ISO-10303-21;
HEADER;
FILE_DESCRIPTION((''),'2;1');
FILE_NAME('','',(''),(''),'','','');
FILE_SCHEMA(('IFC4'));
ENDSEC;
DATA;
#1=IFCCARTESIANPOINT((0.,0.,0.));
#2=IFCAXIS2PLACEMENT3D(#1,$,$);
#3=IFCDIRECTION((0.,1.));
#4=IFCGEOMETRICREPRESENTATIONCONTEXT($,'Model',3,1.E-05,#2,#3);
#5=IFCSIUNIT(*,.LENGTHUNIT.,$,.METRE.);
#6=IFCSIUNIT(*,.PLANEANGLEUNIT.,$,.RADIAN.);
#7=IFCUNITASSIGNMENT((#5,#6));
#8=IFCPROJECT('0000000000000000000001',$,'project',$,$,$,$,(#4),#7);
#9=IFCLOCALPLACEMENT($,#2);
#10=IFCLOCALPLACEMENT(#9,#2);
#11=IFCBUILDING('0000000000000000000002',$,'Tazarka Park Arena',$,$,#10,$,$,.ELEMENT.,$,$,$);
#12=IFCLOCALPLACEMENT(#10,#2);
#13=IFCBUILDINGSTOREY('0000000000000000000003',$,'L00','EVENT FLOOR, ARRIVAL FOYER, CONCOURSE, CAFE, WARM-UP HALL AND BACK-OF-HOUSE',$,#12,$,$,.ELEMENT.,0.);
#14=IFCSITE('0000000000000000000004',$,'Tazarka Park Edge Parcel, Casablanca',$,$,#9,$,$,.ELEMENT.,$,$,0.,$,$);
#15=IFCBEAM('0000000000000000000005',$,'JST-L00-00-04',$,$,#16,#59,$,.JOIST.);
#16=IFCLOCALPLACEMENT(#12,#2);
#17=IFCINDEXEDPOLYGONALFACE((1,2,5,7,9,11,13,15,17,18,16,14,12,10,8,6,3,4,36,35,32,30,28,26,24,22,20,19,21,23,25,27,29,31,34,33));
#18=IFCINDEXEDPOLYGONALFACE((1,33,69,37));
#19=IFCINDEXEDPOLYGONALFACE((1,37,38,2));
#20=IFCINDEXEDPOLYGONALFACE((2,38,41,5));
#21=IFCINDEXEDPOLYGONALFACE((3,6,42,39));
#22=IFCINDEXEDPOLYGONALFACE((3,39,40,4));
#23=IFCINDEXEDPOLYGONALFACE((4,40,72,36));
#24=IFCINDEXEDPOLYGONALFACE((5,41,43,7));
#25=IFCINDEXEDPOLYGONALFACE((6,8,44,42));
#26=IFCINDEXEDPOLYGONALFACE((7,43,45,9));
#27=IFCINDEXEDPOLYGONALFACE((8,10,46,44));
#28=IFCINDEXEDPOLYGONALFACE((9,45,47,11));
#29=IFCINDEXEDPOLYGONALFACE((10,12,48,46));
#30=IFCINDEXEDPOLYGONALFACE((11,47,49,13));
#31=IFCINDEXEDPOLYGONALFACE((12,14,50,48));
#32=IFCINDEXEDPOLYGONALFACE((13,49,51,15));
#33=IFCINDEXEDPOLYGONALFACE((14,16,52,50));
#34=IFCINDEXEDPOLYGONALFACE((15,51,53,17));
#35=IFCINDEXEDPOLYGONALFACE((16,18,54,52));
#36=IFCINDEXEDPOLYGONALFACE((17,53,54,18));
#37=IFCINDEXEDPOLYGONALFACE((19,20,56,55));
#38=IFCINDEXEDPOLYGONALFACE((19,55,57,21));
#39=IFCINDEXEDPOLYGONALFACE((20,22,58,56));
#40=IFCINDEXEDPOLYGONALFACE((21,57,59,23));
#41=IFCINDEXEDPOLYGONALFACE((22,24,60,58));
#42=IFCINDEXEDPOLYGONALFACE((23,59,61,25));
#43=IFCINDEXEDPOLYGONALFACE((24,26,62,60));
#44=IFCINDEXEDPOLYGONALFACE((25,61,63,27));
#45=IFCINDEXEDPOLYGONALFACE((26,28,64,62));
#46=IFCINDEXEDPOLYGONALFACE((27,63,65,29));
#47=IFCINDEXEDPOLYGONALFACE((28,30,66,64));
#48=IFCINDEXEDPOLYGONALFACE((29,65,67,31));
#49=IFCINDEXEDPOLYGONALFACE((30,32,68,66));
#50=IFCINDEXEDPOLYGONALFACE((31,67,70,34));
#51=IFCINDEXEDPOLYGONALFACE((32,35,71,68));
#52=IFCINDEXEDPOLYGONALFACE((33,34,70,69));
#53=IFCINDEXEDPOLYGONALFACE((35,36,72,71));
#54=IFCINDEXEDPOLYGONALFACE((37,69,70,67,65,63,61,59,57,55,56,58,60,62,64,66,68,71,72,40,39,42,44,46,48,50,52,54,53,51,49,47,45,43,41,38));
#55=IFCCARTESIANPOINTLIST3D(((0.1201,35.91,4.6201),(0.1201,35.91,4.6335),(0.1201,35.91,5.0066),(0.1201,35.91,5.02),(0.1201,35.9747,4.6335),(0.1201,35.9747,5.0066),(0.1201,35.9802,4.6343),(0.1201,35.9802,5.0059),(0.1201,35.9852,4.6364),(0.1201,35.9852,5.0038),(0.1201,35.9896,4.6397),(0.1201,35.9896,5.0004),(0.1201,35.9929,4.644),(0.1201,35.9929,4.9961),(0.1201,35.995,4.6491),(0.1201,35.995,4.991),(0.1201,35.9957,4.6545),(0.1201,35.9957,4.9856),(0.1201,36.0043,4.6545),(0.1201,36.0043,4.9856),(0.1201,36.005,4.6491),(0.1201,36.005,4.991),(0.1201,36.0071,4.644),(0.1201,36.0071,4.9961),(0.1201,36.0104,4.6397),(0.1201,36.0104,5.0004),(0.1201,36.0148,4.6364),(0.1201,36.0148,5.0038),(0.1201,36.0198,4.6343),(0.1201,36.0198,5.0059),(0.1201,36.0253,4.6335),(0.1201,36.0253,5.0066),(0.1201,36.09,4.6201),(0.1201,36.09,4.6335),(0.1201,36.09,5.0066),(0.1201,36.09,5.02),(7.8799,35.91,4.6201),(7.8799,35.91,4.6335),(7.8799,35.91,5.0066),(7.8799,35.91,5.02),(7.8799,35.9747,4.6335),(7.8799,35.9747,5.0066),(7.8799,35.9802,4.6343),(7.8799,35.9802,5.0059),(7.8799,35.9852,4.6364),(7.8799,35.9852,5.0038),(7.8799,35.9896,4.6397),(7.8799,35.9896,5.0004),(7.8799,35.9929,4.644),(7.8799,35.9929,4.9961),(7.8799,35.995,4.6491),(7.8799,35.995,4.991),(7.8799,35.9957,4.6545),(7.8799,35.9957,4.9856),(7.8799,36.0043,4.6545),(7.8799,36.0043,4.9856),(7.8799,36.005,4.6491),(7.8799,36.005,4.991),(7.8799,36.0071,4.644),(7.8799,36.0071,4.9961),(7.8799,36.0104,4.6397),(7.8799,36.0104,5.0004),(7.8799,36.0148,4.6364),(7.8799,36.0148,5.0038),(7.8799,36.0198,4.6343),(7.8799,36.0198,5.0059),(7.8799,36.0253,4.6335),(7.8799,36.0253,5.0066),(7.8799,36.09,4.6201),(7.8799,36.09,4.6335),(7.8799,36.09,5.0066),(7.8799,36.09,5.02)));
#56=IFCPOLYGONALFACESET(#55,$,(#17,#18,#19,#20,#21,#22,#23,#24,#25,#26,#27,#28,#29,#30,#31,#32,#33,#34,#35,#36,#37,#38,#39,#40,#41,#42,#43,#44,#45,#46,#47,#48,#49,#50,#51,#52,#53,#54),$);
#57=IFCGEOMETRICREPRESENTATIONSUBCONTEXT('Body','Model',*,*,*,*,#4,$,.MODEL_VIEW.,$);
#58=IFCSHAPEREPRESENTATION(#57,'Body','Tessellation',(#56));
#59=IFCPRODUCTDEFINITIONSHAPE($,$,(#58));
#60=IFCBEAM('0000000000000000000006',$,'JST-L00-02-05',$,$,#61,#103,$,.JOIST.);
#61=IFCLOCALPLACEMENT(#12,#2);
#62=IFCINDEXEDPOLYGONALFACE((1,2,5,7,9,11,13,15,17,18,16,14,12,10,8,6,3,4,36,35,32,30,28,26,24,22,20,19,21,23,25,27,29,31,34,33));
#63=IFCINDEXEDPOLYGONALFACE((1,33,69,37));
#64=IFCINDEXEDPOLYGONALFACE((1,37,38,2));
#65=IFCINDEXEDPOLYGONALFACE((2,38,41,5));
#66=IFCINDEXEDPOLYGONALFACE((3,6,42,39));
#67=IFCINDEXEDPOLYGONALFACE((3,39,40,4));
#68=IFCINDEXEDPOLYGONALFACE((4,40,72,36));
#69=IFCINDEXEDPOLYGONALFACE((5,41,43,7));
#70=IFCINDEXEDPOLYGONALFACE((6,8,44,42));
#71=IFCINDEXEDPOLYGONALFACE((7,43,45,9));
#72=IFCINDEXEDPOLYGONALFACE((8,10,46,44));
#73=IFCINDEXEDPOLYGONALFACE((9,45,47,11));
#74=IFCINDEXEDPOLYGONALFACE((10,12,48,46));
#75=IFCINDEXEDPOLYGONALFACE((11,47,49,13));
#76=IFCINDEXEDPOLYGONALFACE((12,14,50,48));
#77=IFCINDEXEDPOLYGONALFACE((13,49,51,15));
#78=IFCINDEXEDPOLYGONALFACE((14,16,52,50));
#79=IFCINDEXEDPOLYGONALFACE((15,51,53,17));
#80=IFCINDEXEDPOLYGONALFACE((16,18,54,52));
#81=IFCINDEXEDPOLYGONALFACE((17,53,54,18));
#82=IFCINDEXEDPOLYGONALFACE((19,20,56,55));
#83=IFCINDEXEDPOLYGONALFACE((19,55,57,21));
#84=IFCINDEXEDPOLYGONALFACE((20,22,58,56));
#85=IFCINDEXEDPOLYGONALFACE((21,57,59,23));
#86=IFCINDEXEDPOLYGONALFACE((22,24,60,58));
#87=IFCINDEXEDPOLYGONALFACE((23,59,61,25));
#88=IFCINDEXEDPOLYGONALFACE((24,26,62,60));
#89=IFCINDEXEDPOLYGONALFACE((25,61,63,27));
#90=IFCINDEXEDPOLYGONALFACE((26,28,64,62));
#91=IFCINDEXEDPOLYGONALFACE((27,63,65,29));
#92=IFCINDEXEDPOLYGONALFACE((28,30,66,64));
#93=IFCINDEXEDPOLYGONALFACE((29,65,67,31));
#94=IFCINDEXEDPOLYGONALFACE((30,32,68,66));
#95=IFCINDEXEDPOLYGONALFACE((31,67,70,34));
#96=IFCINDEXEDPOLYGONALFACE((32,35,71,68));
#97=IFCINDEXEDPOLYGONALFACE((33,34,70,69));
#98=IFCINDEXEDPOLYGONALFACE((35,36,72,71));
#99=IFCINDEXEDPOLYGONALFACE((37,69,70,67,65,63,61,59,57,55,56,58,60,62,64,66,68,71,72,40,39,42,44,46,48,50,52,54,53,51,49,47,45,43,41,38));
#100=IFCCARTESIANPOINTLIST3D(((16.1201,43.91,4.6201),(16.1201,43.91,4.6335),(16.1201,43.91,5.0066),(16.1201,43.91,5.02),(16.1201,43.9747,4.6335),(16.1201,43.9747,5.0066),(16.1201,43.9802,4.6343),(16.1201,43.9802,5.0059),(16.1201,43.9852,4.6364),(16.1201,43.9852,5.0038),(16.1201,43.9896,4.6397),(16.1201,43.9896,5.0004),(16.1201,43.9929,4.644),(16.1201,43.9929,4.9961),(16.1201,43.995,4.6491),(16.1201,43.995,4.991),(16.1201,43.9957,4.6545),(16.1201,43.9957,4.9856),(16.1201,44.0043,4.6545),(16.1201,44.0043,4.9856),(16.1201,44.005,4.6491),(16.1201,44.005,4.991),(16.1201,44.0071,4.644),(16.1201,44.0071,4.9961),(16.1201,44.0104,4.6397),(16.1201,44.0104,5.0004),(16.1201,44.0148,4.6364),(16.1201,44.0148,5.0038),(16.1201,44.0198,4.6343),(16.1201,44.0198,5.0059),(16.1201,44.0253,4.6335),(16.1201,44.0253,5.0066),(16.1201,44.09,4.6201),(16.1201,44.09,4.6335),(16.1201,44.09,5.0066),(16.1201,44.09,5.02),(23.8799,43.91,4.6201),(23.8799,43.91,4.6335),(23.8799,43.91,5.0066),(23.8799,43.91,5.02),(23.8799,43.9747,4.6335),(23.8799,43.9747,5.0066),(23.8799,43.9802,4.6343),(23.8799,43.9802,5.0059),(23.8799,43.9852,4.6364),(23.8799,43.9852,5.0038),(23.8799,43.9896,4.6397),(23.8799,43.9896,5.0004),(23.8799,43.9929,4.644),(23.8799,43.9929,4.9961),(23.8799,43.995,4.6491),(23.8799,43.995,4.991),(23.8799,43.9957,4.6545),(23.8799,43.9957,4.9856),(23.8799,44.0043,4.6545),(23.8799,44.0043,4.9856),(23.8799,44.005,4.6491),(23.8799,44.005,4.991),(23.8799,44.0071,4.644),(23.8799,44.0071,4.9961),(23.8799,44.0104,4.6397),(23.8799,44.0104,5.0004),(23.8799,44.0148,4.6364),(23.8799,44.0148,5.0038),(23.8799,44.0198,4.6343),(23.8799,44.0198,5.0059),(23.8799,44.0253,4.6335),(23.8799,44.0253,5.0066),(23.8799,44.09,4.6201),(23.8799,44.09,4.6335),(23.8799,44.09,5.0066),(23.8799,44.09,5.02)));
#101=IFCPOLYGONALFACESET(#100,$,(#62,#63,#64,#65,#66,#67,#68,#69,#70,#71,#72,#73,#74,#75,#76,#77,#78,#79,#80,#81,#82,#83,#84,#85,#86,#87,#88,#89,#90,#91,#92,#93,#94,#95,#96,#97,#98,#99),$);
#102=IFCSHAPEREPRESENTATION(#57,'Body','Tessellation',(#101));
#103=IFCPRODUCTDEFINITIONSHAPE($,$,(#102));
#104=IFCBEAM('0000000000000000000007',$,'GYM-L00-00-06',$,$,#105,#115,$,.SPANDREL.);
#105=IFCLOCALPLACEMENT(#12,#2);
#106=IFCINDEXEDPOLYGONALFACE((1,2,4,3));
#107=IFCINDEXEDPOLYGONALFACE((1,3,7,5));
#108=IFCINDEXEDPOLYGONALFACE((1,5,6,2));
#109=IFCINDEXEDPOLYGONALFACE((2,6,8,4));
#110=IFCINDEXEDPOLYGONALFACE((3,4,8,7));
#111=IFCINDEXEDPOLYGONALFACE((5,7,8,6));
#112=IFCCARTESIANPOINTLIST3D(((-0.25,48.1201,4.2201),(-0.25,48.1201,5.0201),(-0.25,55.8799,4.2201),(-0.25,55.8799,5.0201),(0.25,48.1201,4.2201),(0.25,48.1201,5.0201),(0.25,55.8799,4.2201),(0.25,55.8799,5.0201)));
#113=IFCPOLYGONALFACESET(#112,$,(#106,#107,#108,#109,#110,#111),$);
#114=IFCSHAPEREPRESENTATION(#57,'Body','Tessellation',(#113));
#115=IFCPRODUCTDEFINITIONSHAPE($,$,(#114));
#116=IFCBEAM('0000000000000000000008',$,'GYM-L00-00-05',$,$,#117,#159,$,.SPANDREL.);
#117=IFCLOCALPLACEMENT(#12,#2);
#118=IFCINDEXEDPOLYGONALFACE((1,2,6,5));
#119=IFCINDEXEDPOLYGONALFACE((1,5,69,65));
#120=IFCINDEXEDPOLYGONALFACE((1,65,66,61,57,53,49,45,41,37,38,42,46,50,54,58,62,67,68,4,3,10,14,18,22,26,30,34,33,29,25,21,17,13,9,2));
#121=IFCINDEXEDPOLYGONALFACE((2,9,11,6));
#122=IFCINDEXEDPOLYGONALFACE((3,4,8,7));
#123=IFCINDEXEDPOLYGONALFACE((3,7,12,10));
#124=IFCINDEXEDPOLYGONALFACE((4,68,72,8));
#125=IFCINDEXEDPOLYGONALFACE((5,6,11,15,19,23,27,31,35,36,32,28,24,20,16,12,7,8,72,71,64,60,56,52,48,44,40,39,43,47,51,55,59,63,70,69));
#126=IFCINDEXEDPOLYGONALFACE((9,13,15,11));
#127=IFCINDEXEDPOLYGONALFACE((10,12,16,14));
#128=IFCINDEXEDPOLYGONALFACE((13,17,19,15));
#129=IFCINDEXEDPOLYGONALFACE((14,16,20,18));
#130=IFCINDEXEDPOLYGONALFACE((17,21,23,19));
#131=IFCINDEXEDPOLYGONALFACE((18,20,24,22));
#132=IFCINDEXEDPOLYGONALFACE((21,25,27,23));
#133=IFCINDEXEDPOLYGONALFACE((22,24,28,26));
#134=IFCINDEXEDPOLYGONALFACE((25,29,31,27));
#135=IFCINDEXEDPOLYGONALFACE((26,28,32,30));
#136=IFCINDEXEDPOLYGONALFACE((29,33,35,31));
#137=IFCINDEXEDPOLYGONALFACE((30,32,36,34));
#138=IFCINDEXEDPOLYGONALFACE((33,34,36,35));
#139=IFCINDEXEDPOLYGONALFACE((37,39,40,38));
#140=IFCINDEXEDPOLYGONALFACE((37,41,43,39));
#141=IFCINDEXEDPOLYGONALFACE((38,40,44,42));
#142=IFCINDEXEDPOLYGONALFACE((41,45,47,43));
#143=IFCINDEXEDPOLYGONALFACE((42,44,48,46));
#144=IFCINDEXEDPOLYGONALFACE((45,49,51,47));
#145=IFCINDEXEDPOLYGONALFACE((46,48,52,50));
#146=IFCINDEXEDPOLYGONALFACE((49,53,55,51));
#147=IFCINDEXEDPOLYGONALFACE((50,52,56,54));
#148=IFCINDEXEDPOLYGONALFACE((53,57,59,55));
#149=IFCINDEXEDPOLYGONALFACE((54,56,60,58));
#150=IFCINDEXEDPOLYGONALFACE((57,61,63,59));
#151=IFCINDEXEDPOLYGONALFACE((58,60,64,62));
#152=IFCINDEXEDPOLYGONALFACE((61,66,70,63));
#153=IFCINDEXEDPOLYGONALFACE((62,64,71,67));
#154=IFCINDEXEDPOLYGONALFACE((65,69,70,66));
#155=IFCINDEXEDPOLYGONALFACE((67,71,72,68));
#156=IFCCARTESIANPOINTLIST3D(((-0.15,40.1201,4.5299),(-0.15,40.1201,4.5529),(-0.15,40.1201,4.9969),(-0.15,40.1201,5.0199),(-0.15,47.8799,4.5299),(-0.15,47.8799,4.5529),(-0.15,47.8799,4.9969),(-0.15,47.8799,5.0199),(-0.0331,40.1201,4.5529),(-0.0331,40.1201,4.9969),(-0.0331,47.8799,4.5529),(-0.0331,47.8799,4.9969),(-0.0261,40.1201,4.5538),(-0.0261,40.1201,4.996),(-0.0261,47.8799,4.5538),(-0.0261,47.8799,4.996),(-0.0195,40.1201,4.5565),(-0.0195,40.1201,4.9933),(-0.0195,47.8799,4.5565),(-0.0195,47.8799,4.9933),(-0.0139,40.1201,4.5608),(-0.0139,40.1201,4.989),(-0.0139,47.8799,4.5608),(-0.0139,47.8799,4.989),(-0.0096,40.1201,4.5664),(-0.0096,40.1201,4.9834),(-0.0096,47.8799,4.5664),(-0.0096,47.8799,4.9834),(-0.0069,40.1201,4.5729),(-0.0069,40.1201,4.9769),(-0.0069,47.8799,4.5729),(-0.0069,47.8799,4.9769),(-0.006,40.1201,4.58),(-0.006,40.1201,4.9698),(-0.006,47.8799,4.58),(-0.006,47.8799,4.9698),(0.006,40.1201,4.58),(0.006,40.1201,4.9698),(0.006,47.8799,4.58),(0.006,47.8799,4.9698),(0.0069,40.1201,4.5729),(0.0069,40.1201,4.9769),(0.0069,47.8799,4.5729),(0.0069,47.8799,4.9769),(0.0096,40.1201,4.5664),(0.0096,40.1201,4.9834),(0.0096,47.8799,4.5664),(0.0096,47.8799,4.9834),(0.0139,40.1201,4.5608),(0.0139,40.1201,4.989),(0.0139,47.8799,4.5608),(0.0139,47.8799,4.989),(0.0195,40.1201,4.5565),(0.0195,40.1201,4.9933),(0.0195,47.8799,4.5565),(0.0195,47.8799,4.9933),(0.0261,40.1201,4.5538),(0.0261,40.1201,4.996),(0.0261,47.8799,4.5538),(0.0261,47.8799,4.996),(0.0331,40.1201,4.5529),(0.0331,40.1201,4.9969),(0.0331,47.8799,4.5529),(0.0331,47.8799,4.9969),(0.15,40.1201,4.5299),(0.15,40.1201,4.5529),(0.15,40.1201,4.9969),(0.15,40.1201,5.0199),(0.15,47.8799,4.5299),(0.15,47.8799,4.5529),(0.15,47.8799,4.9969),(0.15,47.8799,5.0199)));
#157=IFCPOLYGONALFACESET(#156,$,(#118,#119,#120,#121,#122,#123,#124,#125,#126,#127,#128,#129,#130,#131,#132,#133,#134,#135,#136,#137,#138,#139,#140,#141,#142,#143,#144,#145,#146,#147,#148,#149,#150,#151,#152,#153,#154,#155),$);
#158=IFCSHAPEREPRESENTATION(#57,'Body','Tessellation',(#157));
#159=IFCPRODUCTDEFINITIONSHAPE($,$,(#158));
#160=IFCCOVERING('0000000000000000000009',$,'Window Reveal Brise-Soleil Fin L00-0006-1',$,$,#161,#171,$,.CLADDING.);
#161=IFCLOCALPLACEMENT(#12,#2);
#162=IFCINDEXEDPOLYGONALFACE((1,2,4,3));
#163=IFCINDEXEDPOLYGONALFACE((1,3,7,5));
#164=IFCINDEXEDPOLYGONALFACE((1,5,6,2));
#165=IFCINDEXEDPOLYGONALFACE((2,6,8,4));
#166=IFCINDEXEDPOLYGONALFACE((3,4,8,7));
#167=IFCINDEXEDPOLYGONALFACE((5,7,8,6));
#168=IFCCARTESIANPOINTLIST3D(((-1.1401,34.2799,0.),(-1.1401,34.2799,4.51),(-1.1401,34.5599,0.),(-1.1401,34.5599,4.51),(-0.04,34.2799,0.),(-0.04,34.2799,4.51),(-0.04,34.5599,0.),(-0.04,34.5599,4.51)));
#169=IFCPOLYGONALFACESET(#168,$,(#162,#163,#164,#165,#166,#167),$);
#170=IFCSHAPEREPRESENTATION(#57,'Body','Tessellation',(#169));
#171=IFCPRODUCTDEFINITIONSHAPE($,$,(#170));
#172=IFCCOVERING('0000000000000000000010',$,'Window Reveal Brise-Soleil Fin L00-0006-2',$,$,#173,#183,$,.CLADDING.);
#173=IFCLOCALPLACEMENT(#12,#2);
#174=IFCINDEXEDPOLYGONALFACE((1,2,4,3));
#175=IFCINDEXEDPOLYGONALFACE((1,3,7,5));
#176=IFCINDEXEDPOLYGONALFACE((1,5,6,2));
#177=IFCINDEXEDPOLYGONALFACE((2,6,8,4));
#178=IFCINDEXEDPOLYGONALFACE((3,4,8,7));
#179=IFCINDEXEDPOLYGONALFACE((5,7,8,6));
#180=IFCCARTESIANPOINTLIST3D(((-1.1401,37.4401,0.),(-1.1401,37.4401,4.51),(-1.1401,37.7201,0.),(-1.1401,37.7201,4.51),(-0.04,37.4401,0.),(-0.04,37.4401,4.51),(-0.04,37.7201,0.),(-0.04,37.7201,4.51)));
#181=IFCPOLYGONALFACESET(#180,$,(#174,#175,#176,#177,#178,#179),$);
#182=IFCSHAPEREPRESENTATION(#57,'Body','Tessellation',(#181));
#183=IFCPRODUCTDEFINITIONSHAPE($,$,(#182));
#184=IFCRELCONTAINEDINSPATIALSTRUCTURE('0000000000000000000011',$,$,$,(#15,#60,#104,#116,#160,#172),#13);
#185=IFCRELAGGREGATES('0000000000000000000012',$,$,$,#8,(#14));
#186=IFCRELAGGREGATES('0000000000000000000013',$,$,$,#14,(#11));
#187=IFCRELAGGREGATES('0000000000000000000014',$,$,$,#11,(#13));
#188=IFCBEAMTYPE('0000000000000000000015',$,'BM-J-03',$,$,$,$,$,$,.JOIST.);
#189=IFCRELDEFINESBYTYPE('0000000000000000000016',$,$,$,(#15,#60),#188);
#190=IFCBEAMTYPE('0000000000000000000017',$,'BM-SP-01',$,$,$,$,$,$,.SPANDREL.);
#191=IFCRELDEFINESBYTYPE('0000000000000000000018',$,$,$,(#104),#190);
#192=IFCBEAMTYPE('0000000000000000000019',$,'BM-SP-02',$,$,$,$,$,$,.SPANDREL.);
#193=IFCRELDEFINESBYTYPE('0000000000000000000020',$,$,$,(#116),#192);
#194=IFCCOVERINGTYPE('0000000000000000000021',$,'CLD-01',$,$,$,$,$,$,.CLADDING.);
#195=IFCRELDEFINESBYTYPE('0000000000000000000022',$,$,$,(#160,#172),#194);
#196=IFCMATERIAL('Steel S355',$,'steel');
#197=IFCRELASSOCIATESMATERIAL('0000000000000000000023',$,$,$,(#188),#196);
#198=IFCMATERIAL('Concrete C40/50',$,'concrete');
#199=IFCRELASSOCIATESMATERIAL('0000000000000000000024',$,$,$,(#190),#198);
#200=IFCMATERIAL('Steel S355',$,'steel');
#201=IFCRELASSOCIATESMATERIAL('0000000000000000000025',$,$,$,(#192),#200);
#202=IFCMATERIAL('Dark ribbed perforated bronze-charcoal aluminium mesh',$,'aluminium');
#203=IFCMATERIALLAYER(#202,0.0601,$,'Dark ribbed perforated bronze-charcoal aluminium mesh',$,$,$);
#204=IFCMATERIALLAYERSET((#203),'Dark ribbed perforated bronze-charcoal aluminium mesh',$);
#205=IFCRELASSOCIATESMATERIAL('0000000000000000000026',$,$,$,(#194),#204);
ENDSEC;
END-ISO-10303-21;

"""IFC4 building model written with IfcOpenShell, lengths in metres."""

from ifc_helpers import new_model, si_unit, direction, frame, origin, origin_2d, place, context, subcontext, project, spatial, rectangle, i_section, extrude, material, layer, layer_set, material_profile, profile_set, type_object, element, save


model = new_model("IFC4")

# Units and contexts
model_context = context("Model", 3, precision=1e-05, world=origin(), true_north=direction((0.0, 1.0)))
body_context = subcontext(model_context, "Body", "Model", "MODEL_VIEW")
ifc_project = project(units=[si_unit("LENGTHUNIT", "METRE"), si_unit("PLANEANGLEUNIT", "RADIAN")], contexts=[model_context])

# Site, building, storey
site_placement = place(None, origin())
site = spatial("IfcSite", under=ifc_project, at=site_placement, Name="Tazarka Park Edge Parcel, Casablanca", CompositionType="ELEMENT", RefElevation=0.0)
building_placement = place(site_placement, origin())
building = spatial("IfcBuilding", under=site, at=building_placement, Name="Tazarka Park Arena", CompositionType="ELEMENT")
storey_placement = place(building_placement, origin())
storey = spatial("IfcBuildingStorey", under=building, at=storey_placement, Name="L00", Description="EVENT FLOOR, ARRIVAL FOYER, CONCOURSE, CAFE, WARM-UP HALL AND BACK-OF-HOUSE", CompositionType="ELEMENT", Elevation=0.0)

# Beams
ifc_material_1 = material(Name="Steel S355", Category="steel")
ifc_material_profile_1 = material_profile(ifc_material_1, i_section(OverallWidth=0.1799, OverallDepth=0.3999, WebThickness=0.0085, FlangeThickness=0.0134, FilletRadius=0.021, at=origin_2d()), Name="Steel S355")
ifc_profile_set_1 = profile_set([ifc_material_profile_1], Name="Steel S355")
beam_type_1 = type_object("IfcBeamType", Name="BM-J-03", PredefinedType="JOIST", material=ifc_profile_set_1)
for number, where, z_axis, x_axis, name in (
    (1, (0.1201, 36.0, 4.8201), (1.0, 0.0, 0.0), (0.0, 1.0, 0.0), "JST-L00-00-04"),
    (2, (16.1201, 44.0, 4.8201), (1.0, 0.0, 0.0), (0.0, 1.0, 0.0), "JST-L00-02-05"),
):
    element("IfcBeam", number, at=place(storey_placement, frame(where, z_axis=z_axis, x_axis=x_axis)), inside=storey, type_object=beam_type_1, Name=name, PredefinedType="JOIST", context=body_context, shape_type="SweptSolid", body=[
        extrude(i_section(OverallWidth=0.1799, OverallDepth=0.3999, WebThickness=0.0085, FlangeThickness=0.0134, FilletRadius=0.021, at=origin_2d()), origin(), (0.0, 0.0, 1.0), 7.7598),
    ])
ifc_material_2 = material(Name="Concrete C40/50", Category="concrete")
ifc_material_profile_2 = material_profile(ifc_material_2, rectangle(XDim=0.5, YDim=0.8, at=origin_2d()), Name="Concrete C40/50")
ifc_profile_set_2 = profile_set([ifc_material_profile_2], Name="Concrete C40/50")
beam_type_2 = type_object("IfcBeamType", Name="BM-SP-01", PredefinedType="SPANDREL", material=ifc_profile_set_2)
beam_1_placement = place(storey_placement, frame((0.0, 48.1201, 4.6201), z_axis=(0.0, 1.0, 0.0), x_axis=(-1.0, 0.0, 0.0)))
element("IfcBeam", 3, at=beam_1_placement, inside=storey, type_object=beam_type_2, Name="GYM-L00-00-06", PredefinedType="SPANDREL", context=body_context, shape_type="SweptSolid", body=[
    extrude(rectangle(XDim=0.5, YDim=0.8, at=origin_2d()), origin(), (0.0, 0.0, 1.0), 7.7598),
])
ifc_material_3 = material(Name="Steel S355", Category="steel")
ifc_material_profile_3 = material_profile(ifc_material_3, i_section(OverallWidth=0.3, OverallDepth=0.49, WebThickness=0.012, FlangeThickness=0.0229, FilletRadius=0.0271, at=origin_2d()), Name="Steel S355")
ifc_profile_set_3 = profile_set([ifc_material_profile_3], Name="Steel S355")
beam_type_3 = type_object("IfcBeamType", Name="BM-SP-02", PredefinedType="SPANDREL", material=ifc_profile_set_3)
beam_2_placement = place(storey_placement, frame((0.0, 40.1201, 4.7749), z_axis=(0.0, 1.0, 0.0), x_axis=(-1.0, 0.0, 0.0)))
element("IfcBeam", 4, at=beam_2_placement, inside=storey, type_object=beam_type_3, Name="GYM-L00-00-05", PredefinedType="SPANDREL", context=body_context, shape_type="SweptSolid", body=[
    extrude(i_section(OverallWidth=0.3, OverallDepth=0.49, WebThickness=0.012, FlangeThickness=0.0229, FilletRadius=0.0271, at=origin_2d()), origin(), (0.0, 0.0, 1.0), 7.7598),
])

# Coverings
ifc_material_4 = material(Name="Dark ribbed perforated bronze-charcoal aluminium mesh", Category="aluminium")
ifc_layer_1 = layer(ifc_material_4, 0.0601, Name="Dark ribbed perforated bronze-charcoal aluminium mesh")
ifc_layer_set_1 = layer_set([ifc_layer_1], Name="Dark ribbed perforated bronze-charcoal aluminium mesh")
covering_type = type_object("IfcCoveringType", Name="CLD-01", PredefinedType="CLADDING", material=ifc_layer_set_1)
for number, where, z_axis, x_axis, name in (
    (5, (-0.5901, 34.4199, 0.0), (0.0, 0.0, 1.0), (0.0, 1.0, 0.0), "Window Reveal Brise-Soleil Fin L00-0006-1"),
    (6, (-0.5901, 37.5801, 0.0), (0.0, 0.0, 1.0), (0.0, 1.0, 0.0), "Window Reveal Brise-Soleil Fin L00-0006-2"),
):
    element("IfcCovering", number, at=place(storey_placement, frame(where, z_axis=z_axis, x_axis=x_axis)), inside=storey, type_object=covering_type, Name=name, PredefinedType="CLADDING", context=body_context, shape_type="SweptSolid", body=[
        extrude(rectangle(XDim=0.28, YDim=1.1001, at=origin_2d()), origin(), (0.0, 0.0, 1.0), 4.51),
    ])

save(model, "model.ifc")
